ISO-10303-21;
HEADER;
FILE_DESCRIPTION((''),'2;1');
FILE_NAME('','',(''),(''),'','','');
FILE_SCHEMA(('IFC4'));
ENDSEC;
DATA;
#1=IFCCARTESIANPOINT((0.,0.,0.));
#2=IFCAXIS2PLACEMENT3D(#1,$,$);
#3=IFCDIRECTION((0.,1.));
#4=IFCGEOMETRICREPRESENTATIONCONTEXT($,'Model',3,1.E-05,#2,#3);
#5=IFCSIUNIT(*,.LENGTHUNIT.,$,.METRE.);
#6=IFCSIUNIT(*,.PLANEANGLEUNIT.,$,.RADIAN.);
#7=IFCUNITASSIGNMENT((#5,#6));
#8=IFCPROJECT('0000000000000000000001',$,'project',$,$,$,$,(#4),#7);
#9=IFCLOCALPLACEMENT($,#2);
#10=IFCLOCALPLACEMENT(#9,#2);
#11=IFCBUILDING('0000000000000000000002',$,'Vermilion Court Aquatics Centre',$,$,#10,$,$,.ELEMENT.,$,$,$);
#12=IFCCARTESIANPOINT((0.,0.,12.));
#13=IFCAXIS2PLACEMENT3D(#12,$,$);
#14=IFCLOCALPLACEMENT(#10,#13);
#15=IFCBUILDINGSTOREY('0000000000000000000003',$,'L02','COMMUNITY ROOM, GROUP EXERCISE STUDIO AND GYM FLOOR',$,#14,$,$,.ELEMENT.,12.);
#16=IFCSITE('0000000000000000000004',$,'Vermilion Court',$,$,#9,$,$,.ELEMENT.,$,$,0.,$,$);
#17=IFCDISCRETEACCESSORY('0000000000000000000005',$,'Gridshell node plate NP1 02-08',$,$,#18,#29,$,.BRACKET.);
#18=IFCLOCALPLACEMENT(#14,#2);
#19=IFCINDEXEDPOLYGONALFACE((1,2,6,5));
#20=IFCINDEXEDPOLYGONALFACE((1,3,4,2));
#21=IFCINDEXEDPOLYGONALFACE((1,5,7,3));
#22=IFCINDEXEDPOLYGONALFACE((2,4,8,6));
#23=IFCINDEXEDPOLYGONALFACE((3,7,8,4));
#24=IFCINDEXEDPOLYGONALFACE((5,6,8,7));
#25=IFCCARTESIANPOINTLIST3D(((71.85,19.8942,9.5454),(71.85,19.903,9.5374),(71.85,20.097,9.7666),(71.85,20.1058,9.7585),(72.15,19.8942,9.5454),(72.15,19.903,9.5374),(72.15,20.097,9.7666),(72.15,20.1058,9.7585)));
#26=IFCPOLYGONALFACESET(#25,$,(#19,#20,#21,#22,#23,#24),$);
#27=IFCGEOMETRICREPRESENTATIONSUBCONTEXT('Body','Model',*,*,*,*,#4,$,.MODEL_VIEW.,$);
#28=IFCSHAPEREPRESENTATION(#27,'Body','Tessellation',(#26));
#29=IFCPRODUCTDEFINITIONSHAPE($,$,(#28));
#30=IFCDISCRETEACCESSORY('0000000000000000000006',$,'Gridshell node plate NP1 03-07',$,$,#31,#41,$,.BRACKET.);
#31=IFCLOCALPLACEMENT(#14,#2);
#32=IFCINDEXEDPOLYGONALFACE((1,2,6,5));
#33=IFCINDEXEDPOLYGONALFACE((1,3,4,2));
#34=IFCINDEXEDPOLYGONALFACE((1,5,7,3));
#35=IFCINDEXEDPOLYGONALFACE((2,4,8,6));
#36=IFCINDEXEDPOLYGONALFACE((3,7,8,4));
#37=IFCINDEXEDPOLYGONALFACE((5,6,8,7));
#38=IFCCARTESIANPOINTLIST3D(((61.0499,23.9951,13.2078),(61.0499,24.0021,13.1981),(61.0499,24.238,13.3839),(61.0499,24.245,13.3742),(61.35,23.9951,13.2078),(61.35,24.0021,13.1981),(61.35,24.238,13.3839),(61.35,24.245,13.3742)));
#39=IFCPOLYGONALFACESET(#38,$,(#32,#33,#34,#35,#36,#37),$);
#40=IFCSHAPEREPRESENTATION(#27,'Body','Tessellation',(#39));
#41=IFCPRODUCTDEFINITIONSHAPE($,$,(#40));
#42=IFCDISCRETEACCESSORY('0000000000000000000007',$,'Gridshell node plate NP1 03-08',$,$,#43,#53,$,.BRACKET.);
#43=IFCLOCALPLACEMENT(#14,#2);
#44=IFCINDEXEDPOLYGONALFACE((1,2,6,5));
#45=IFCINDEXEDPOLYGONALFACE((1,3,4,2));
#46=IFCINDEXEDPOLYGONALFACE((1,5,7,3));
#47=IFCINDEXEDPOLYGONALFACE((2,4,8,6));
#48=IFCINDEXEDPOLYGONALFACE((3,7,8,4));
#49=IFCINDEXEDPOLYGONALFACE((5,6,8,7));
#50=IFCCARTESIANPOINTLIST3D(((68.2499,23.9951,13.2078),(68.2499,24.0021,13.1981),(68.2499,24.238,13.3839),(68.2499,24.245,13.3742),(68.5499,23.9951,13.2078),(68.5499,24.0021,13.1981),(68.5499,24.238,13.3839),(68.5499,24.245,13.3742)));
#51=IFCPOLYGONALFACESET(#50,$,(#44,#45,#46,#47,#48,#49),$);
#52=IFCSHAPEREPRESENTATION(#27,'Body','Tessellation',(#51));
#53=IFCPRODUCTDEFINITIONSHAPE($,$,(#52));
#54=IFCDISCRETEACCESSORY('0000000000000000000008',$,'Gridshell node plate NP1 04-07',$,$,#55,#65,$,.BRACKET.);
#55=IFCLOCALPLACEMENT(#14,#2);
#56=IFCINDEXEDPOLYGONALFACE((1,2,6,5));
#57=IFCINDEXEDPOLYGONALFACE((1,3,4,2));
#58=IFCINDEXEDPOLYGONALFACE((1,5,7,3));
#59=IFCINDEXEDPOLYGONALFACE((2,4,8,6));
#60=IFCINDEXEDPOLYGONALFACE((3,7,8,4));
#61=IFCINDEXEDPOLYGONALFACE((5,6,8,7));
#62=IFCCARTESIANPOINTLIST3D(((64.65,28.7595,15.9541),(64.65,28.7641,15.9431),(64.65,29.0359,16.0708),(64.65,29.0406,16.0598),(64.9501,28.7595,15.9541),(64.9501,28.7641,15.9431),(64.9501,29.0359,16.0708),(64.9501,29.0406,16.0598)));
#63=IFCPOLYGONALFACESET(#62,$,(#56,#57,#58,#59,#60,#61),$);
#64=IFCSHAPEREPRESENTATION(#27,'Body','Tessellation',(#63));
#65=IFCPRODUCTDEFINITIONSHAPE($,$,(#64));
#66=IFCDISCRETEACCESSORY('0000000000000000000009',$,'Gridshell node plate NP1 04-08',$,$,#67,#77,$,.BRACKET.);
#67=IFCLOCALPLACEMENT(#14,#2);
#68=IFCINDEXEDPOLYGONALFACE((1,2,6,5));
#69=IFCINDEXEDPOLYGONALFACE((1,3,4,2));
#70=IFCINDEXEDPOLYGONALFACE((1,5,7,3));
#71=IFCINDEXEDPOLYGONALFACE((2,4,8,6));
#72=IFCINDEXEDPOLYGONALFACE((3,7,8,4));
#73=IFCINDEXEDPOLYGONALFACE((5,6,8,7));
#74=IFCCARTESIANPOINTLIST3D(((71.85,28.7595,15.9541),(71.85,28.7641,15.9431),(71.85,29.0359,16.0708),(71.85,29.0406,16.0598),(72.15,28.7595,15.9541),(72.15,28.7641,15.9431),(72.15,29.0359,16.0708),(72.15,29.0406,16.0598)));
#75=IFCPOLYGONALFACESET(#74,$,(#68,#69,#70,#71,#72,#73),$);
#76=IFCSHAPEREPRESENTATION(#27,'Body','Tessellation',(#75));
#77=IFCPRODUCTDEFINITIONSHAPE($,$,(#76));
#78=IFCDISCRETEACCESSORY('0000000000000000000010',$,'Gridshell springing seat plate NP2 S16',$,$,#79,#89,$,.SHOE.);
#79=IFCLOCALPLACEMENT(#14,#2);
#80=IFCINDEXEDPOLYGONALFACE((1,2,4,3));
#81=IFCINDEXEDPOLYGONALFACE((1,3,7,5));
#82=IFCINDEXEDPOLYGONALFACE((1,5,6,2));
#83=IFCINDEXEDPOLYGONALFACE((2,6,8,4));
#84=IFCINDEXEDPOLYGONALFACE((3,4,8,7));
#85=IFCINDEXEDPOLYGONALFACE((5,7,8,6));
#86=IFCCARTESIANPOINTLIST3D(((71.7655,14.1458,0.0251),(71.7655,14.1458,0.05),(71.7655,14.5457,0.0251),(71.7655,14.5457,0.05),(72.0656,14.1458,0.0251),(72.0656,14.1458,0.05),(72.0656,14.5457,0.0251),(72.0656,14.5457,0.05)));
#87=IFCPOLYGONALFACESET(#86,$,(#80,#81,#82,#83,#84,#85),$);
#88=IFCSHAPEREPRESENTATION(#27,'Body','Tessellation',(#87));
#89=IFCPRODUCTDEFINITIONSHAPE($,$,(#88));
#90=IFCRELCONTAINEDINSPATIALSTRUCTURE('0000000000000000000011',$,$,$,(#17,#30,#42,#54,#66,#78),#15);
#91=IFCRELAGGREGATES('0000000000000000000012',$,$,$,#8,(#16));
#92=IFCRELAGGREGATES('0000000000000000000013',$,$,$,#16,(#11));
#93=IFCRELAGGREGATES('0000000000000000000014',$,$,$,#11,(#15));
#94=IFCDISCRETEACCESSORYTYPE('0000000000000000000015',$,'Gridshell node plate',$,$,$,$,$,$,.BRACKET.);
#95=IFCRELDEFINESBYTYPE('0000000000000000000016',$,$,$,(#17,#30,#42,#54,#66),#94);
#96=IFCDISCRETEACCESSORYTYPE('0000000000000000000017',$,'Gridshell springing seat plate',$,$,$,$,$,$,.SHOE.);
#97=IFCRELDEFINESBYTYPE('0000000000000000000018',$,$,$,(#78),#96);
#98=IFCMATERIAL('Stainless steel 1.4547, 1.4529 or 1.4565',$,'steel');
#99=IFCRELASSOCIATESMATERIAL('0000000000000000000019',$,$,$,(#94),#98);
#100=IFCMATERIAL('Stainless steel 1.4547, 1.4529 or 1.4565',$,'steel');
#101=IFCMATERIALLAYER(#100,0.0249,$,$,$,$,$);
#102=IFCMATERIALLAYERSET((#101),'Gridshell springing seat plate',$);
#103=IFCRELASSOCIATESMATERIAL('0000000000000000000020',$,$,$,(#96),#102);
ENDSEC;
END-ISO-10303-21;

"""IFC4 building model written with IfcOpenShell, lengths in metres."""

from ifc_helpers import new_model, si_unit, direction, frame, origin, origin_2d, place, context, subcontext, project, spatial, rectangle, extrude, material, layer, layer_set, material_profile, profile_set, type_object, element, save


model = new_model("IFC4")

# Units and contexts
model_context = context("Model", 3, precision=1e-05, world=origin(), true_north=direction((0.0, 1.0)))
body_context = subcontext(model_context, "Body", "Model", "MODEL_VIEW")
ifc_project = project(units=[si_unit("LENGTHUNIT", "METRE"), si_unit("PLANEANGLEUNIT", "RADIAN")], contexts=[model_context])

# Site, building, storey
site_placement = place(None, origin())
site = spatial("IfcSite", under=ifc_project, at=site_placement, Name="Vermilion Court", CompositionType="ELEMENT", RefElevation=0.0)
building_placement = place(site_placement, origin())
building = spatial("IfcBuilding", under=site, at=building_placement, Name="Vermilion Court Aquatics Centre", CompositionType="ELEMENT")
storey_placement = place(building_placement, frame((0.0, 0.0, 12.0)))
storey = spatial("IfcBuildingStorey", under=building, at=storey_placement, Name="L02", Description="COMMUNITY ROOM, GROUP EXERCISE STUDIO AND GYM FLOOR", CompositionType="ELEMENT", Elevation=12.0)

# Discrete accessories
ifc_material_1 = material(Name="Stainless steel 1.4547, 1.4529 or 1.4565", Category="steel")
ifc_material_profile_1 = material_profile(ifc_material_1, rectangle(XDim=0.3, YDim=0.3, at=origin_2d()), Name="PL 12 x 300 x 300")
ifc_profile_set_1 = profile_set([ifc_material_profile_1], Name="Stainless steel 1.4547, 1.4529 or 1.4565")
discrete_accessory_type_1 = type_object("IfcDiscreteAccessoryType", Name="Gridshell node plate", PredefinedType="BRACKET", material=ifc_profile_set_1)
for number, where, z_axis, x_axis, name in (
    (1, (72.0, 20.0044, 9.6479), (0.0, -0.737154, 0.675725), (1.0, 0.0, 0.0), "Gridshell node plate NP1 02-08"),
    (2, (61.2, 24.1235, 13.2861), (0.0, -0.586968, 0.80961), (1.0, 0.0, 0.0), "Gridshell node plate NP1 03-07"),
    (3, (68.3999, 24.1235, 13.2861), (0.0, -0.586968, 0.80961), (1.0, 0.0, 0.0), "Gridshell node plate NP1 03-08"),
    (4, (64.8, 28.9023, 16.0015), (0.0, -0.388972, 0.92125), (1.0, 0.0, 0.0), "Gridshell node plate NP1 04-07"),
    (5, (72.0, 28.9023, 16.0015), (0.0, -0.388972, 0.92125), (1.0, 0.0, 0.0), "Gridshell node plate NP1 04-08"),
):
    element("IfcDiscreteAccessory", number, at=place(storey_placement, frame(where, z_axis=z_axis, x_axis=x_axis)), inside=storey, type_object=discrete_accessory_type_1, Name=name, PredefinedType="BRACKET", context=body_context, shape_type="SweptSolid", body=[
        extrude(rectangle(XDim=0.3, YDim=0.3, at=origin_2d()), origin(), (0.0, 0.0, 1.0), 0.012),
    ])
ifc_material_2 = material(Name="Stainless steel 1.4547, 1.4529 or 1.4565", Category="steel")
ifc_layer_1 = layer(ifc_material_2, 0.0249)
ifc_layer_set_1 = layer_set([ifc_layer_1], Name="Gridshell springing seat plate")
discrete_accessory_type_2 = type_object("IfcDiscreteAccessoryType", Name="Gridshell springing seat plate", PredefinedType="SHOE", material=ifc_layer_set_1)
discrete_accessory_placement = place(storey_placement, frame((71.9155, 14.3457, 0.0251), z_axis=(0.0, 0.0, 1.0), x_axis=(1.0, 0.0, 0.0)))
element("IfcDiscreteAccessory", 6, at=discrete_accessory_placement, inside=storey, type_object=discrete_accessory_type_2, Name="Gridshell springing seat plate NP2 S16", PredefinedType="SHOE", context=body_context, shape_type="SweptSolid", body=[
    extrude(rectangle(XDim=0.3, YDim=0.3999, at=origin_2d()), origin(), (0.0, 0.0, 1.0), 0.0249),
])

save(model, "model.ifc")
